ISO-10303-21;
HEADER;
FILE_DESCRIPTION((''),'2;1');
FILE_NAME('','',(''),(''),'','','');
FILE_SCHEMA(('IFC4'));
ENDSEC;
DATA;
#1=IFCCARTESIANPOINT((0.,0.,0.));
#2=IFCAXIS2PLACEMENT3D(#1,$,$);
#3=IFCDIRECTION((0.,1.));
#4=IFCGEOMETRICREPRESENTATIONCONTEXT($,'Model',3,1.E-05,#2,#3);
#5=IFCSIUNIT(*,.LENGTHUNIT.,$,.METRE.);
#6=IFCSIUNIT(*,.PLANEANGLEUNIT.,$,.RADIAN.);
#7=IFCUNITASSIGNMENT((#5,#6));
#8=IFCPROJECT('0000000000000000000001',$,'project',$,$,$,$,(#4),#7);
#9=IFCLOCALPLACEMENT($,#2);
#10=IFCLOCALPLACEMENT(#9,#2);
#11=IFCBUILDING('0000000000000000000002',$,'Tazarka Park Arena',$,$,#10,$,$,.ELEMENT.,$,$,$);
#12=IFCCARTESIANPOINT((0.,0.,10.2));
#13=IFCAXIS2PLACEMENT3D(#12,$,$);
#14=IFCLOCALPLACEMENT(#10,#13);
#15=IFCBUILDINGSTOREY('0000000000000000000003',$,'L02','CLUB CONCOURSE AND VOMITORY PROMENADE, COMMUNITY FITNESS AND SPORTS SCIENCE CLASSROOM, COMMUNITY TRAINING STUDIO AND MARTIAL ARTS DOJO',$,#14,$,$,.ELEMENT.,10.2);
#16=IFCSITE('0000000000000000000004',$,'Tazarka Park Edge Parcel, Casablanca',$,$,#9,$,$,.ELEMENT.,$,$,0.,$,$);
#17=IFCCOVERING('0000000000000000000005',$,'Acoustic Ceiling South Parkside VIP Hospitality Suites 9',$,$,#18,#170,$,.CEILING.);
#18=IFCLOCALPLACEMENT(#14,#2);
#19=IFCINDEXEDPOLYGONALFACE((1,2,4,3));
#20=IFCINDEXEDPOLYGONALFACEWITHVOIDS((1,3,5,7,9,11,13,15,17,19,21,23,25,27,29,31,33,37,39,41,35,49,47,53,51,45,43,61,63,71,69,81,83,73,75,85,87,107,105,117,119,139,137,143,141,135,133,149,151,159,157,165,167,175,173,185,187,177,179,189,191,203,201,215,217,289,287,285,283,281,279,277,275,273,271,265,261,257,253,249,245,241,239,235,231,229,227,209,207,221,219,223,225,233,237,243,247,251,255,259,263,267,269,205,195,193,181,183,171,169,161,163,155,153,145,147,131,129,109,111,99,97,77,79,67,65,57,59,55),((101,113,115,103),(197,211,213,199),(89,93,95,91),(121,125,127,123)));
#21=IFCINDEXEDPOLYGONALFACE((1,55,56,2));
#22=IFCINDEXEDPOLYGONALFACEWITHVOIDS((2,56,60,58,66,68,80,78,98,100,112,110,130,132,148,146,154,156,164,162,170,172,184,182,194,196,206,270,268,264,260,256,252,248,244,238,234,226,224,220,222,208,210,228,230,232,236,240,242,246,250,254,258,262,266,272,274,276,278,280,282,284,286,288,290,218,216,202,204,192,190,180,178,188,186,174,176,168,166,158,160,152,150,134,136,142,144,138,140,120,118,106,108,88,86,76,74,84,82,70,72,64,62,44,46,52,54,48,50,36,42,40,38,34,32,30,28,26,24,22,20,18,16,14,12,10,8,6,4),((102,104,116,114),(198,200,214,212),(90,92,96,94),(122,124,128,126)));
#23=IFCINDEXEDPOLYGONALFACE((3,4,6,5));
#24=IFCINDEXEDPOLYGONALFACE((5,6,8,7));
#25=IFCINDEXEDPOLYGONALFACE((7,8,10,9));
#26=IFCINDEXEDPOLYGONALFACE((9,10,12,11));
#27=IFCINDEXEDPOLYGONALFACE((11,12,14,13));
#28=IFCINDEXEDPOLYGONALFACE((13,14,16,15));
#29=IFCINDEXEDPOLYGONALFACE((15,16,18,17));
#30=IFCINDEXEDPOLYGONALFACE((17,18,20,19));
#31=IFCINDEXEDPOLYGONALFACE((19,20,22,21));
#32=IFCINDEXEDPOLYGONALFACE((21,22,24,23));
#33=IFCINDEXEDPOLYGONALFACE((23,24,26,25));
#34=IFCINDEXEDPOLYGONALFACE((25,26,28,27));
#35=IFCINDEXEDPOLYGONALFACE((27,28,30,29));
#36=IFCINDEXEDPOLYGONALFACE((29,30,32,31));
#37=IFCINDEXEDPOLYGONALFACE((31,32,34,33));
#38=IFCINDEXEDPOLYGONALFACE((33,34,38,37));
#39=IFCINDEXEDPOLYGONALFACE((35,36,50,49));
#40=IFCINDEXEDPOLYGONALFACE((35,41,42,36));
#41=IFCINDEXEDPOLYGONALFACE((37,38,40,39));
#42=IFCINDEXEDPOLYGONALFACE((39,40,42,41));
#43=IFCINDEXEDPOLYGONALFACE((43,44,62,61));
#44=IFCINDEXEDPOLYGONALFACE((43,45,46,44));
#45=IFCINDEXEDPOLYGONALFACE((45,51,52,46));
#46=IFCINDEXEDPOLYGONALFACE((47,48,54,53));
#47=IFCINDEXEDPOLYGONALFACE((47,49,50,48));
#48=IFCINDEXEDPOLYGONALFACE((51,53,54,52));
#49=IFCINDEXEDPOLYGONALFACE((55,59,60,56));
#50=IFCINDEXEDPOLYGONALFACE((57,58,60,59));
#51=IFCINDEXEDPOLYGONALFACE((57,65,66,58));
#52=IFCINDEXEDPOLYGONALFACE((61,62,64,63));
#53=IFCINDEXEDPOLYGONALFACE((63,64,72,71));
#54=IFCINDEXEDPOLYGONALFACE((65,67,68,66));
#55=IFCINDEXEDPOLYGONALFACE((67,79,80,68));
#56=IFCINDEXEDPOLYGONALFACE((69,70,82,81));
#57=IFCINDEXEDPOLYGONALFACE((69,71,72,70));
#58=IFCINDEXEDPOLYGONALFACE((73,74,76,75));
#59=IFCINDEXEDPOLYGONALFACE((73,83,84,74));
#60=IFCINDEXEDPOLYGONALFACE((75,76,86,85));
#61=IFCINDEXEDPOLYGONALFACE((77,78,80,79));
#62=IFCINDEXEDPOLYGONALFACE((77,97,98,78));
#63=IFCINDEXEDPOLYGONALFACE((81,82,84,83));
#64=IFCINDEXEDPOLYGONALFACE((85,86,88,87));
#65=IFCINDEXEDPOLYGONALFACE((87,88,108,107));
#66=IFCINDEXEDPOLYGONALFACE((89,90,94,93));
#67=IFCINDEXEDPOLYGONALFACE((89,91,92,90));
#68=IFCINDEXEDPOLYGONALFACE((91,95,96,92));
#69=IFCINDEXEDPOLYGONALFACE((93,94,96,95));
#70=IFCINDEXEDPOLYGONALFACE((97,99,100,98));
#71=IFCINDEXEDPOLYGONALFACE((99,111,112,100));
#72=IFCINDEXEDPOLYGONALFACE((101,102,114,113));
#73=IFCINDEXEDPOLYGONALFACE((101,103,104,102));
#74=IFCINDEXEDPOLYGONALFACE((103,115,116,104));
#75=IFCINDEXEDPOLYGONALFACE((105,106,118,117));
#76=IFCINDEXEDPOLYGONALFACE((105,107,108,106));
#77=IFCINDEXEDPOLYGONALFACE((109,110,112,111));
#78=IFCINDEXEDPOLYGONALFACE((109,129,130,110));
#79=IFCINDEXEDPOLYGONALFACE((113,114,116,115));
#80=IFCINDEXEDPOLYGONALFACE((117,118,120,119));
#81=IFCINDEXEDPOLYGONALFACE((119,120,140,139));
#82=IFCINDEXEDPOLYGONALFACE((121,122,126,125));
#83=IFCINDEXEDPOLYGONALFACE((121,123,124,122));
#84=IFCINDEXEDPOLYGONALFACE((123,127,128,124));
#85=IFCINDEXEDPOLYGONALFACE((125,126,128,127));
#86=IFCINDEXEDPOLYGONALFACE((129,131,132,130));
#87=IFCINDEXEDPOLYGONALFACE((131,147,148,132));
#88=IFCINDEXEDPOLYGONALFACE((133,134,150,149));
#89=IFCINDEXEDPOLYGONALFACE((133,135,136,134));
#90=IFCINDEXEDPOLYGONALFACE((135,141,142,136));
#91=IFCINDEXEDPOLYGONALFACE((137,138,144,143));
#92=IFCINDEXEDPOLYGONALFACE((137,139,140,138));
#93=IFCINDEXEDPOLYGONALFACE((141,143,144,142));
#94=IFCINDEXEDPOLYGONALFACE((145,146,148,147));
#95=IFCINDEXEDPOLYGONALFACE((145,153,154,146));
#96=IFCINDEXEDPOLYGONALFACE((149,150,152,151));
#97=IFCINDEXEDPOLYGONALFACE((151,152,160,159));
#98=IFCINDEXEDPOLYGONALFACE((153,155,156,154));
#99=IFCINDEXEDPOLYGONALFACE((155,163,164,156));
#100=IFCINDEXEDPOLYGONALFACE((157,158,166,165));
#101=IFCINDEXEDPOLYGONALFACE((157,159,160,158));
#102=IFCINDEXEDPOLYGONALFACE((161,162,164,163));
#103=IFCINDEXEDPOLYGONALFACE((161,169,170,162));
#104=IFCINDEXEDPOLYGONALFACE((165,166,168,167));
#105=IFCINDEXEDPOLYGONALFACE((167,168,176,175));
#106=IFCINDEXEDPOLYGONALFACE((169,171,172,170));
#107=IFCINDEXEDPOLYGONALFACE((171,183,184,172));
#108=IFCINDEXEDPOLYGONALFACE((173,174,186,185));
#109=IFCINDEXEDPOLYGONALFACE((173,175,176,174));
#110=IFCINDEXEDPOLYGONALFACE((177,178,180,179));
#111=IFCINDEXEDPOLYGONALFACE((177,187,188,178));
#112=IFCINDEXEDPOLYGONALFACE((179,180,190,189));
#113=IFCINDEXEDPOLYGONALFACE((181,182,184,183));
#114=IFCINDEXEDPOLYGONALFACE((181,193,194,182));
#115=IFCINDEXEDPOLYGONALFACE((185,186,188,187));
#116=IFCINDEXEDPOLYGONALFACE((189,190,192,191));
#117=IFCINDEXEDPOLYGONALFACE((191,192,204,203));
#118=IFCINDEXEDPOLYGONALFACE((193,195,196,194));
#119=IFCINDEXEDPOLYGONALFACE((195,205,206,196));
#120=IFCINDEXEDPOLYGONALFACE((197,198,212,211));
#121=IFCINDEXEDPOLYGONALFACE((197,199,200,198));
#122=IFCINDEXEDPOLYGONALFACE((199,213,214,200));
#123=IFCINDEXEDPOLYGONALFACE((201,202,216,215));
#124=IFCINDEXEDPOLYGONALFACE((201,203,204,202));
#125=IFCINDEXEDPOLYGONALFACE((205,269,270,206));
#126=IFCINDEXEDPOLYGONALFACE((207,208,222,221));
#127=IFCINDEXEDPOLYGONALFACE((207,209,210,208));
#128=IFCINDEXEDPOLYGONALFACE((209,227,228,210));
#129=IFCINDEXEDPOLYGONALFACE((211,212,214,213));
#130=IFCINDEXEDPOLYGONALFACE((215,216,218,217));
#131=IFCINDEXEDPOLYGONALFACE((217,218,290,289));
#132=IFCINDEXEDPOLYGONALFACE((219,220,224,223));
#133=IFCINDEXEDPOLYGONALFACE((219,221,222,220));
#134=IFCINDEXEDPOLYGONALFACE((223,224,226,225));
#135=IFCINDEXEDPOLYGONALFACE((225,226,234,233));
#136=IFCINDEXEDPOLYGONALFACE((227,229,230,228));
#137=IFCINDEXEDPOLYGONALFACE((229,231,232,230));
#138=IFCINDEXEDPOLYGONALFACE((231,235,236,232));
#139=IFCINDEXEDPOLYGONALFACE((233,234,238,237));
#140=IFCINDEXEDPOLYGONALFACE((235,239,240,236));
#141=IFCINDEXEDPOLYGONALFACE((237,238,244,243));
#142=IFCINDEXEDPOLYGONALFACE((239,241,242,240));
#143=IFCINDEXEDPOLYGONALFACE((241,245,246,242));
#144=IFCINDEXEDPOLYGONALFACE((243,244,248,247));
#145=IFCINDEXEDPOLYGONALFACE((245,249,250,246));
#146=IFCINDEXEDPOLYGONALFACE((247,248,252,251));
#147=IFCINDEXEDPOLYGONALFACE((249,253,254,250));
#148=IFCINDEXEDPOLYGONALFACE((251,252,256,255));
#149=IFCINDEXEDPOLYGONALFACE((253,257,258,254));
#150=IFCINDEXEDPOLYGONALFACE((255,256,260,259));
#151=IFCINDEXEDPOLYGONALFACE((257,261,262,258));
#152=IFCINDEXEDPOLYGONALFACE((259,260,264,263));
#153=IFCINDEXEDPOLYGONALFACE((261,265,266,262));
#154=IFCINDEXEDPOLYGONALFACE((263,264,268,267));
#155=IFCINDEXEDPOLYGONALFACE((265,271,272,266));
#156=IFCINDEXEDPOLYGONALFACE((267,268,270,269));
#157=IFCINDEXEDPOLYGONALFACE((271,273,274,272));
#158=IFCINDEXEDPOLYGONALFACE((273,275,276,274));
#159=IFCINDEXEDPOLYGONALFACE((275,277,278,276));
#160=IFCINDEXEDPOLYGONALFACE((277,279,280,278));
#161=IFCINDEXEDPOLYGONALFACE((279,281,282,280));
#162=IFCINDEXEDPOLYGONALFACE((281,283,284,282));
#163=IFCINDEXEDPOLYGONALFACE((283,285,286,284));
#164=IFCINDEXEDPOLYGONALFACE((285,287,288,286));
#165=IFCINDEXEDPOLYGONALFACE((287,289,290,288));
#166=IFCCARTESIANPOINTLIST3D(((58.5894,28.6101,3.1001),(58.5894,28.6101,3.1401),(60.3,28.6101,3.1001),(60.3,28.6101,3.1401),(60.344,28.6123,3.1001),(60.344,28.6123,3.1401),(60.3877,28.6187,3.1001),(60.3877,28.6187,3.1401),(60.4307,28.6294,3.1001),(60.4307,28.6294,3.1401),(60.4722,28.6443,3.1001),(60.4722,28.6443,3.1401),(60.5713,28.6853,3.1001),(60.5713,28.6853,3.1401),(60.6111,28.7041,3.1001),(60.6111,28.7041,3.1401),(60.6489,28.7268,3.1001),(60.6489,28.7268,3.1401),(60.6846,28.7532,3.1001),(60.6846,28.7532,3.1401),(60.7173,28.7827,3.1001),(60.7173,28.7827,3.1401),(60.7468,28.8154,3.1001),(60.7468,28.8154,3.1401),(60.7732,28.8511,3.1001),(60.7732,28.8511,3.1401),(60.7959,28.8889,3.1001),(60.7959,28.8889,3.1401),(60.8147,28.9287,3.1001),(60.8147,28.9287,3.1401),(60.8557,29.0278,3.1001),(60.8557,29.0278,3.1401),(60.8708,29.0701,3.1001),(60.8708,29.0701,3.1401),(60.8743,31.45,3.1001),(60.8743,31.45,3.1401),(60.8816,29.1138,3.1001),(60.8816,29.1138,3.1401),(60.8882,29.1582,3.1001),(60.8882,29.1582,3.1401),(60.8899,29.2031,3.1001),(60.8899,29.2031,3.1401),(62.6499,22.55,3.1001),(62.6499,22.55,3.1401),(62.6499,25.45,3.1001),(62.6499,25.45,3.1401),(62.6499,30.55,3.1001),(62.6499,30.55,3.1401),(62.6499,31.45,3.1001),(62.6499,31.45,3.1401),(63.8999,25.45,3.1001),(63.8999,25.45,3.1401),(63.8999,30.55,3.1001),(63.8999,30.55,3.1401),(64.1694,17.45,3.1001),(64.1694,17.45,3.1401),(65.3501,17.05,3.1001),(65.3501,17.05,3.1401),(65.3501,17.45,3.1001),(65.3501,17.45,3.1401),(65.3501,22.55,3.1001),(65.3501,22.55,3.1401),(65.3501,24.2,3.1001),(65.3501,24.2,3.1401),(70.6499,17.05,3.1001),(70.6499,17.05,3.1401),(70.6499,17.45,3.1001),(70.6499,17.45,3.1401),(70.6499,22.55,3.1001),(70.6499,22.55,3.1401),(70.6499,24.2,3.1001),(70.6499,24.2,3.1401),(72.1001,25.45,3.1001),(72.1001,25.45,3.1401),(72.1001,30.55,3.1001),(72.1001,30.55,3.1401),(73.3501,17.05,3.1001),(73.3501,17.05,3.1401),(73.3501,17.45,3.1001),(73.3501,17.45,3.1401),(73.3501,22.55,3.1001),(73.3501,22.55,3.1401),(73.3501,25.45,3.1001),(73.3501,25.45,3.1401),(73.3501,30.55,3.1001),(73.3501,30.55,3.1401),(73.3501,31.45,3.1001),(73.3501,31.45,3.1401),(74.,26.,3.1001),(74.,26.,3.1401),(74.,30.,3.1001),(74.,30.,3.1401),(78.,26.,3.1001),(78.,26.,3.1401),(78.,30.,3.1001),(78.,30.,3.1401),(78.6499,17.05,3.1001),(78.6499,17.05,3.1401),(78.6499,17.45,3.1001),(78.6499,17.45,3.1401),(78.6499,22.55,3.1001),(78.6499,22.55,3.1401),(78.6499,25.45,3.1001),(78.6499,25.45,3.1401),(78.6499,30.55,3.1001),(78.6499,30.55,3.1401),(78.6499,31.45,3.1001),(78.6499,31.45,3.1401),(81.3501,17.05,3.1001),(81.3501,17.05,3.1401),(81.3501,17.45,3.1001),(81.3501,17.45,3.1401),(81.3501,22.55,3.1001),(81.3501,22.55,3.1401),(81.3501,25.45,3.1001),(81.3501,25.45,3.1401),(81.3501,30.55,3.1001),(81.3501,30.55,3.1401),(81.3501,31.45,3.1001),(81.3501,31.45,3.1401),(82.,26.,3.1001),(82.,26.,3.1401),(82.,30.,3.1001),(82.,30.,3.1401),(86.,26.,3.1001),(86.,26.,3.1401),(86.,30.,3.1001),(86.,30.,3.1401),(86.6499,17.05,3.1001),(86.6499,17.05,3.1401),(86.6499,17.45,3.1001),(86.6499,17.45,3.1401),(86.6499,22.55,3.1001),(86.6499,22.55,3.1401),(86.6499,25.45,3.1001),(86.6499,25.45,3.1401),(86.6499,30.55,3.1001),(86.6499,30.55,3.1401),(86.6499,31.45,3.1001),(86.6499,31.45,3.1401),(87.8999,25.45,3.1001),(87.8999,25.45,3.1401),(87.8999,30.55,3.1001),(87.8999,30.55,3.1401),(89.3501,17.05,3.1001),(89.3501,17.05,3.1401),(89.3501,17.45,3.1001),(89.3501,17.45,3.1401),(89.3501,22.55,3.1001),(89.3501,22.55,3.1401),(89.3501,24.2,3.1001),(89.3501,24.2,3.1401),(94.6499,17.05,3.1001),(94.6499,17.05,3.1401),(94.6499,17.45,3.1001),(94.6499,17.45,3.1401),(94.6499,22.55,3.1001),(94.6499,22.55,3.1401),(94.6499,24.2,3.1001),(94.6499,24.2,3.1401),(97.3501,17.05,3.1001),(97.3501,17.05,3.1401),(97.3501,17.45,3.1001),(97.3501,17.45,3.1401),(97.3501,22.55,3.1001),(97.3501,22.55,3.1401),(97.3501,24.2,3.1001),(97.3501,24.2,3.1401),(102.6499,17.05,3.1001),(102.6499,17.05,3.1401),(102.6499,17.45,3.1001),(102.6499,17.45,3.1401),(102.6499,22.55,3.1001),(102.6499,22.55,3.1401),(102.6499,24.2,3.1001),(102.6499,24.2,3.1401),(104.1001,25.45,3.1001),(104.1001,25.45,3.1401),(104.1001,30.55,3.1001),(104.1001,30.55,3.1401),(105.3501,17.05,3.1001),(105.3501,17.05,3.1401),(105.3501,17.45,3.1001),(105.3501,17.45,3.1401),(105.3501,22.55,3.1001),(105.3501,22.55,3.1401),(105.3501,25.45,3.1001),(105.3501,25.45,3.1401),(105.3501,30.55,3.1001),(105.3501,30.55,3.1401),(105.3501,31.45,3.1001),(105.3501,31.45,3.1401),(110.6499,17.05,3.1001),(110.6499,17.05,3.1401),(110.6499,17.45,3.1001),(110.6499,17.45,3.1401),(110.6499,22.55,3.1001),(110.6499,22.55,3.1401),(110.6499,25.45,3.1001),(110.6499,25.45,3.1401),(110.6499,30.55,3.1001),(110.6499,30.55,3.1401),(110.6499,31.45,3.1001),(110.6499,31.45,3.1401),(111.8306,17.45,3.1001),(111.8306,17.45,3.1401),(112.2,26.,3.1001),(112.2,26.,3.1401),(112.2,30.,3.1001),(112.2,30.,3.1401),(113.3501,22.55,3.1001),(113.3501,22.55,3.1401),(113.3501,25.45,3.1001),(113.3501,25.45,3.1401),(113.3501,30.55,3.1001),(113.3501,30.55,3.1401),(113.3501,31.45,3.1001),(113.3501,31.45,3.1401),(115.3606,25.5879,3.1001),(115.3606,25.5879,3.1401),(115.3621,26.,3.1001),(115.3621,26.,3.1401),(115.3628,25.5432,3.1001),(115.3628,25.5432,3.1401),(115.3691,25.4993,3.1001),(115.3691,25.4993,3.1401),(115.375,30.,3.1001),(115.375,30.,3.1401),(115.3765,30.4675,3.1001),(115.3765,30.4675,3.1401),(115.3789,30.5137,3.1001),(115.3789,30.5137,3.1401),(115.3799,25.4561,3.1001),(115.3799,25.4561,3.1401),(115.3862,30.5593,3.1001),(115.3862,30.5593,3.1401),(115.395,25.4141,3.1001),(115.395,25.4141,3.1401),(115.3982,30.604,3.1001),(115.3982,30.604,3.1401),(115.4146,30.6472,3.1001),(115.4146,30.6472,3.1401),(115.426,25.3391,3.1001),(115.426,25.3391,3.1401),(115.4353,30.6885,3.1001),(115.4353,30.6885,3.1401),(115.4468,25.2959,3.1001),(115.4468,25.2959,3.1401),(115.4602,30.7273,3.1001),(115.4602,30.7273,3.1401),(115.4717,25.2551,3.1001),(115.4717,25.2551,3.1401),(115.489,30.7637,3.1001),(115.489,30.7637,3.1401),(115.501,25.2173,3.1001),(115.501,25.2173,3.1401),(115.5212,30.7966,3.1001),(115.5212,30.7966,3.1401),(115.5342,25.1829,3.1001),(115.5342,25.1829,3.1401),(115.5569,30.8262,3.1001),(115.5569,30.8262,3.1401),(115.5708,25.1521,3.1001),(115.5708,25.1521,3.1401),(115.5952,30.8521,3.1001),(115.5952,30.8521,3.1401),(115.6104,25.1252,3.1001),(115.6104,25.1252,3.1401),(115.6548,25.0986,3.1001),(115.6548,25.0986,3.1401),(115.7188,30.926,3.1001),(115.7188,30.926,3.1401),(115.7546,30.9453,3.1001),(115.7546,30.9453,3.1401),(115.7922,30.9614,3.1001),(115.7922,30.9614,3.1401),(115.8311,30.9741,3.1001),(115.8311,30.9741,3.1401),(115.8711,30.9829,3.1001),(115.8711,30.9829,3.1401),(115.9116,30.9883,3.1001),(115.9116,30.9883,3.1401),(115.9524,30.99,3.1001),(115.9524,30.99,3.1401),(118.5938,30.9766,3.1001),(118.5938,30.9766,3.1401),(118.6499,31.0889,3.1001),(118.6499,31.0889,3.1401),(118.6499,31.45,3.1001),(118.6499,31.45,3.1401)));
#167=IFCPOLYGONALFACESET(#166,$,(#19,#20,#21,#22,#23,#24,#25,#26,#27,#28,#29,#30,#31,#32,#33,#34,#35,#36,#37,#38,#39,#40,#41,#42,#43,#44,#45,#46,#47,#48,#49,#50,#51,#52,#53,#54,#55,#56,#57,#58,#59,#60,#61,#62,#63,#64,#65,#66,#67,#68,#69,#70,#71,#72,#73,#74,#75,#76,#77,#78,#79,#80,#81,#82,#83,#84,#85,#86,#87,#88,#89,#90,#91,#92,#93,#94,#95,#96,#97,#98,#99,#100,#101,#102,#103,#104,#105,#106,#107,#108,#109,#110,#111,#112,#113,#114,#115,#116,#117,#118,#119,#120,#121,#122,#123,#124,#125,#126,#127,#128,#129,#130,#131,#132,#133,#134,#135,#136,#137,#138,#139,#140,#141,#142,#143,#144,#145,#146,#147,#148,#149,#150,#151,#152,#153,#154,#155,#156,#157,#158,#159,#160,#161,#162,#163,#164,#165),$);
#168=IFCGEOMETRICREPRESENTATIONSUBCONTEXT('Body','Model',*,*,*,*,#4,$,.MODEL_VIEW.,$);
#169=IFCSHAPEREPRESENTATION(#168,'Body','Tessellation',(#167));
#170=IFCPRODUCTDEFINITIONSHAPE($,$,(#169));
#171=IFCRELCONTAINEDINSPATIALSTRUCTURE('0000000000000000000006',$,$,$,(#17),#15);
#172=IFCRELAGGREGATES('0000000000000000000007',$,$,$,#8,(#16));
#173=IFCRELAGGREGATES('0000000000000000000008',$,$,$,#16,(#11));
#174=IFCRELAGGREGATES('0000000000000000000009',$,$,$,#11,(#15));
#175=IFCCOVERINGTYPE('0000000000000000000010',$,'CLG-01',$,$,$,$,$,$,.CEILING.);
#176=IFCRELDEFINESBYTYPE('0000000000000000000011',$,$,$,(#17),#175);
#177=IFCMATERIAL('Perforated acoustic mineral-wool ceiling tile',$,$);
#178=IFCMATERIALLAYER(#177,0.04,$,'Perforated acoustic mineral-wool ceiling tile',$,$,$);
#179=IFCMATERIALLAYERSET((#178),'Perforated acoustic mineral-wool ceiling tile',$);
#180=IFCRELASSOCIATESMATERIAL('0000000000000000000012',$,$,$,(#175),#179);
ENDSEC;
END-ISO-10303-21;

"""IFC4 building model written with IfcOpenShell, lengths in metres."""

from ifc_helpers import new_model, si_unit, direction, frame, origin, place, context, subcontext, project, spatial, polyline, outline, extrude, material, layer, layer_set, type_object, element, save


model = new_model("IFC4")

# Units and contexts
model_context = context("Model", 3, precision=1e-05, world=origin(), true_north=direction((0.0, 1.0)))
body_context = subcontext(model_context, "Body", "Model", "MODEL_VIEW")
ifc_project = project(units=[si_unit("LENGTHUNIT", "METRE"), si_unit("PLANEANGLEUNIT", "RADIAN")], contexts=[model_context])

# Site, building, storey
site_placement = place(None, origin())
site = spatial("IfcSite", under=ifc_project, at=site_placement, Name="Tazarka Park Edge Parcel, Casablanca", CompositionType="ELEMENT", RefElevation=0.0)
building_placement = place(site_placement, origin())
building = spatial("IfcBuilding", under=site, at=building_placement, Name="Tazarka Park Arena", CompositionType="ELEMENT")
storey_placement = place(building_placement, frame((0.0, 0.0, 10.2)))
storey = spatial("IfcBuildingStorey", under=building, at=storey_placement, Name="L02", Description="CLUB CONCOURSE AND VOMITORY PROMENADE, COMMUNITY FITNESS AND SPORTS SCIENCE CLASSROOM, COMMUNITY TRAINING STUDIO AND MARTIAL ARTS DOJO", CompositionType="ELEMENT", Elevation=10.2)

# Covering
ifc_material_1 = material(Name="Perforated acoustic mineral-wool ceiling tile")
ifc_layer_1 = layer(ifc_material_1, 0.04, Name="Perforated acoustic mineral-wool ceiling tile")
ifc_layer_set_1 = layer_set([ifc_layer_1], Name="Perforated acoustic mineral-wool ceiling tile")
covering_type_1 = type_object("IfcCoveringType", Name="CLG-01", PredefinedType="CEILING", material=ifc_layer_set_1)
covering_1_placement = place(storey_placement, frame((0.0, 0.0, 3.1001)))
element("IfcCovering", 1, at=covering_1_placement, inside=storey, type_object=covering_type_1, Name="Acoustic Ceiling South Parkside VIP Hospitality Suites 9", PredefinedType="CEILING", context=body_context, shape_type="SweptSolid", body=[
    extrude(outline(polyline([(62.6499, 31.45), (62.6499, 30.55), (63.8999, 30.55), (63.8999, 25.45), (62.6499, 25.45), (62.6499, 22.55), (65.3501, 22.55), (65.3501, 24.2), (70.6499, 24.2), (70.6499, 22.55), (73.3501, 22.55), (73.3501, 25.45), (72.1001, 25.45), (72.1001, 30.55), (73.3501, 30.55), (73.3501, 31.45), (78.6499, 31.45), (78.6499, 30.55), (81.3501, 30.55), (81.3501, 31.45), (86.6499, 31.45), (86.6499, 30.55), (87.8999, 30.55), (87.8999, 25.45), (86.6499, 25.45), (86.6499, 22.55), (89.3501, 22.55), (89.3501, 24.2), (94.6499, 24.2), (94.6499, 22.55), (97.3501, 22.55), (97.3501, 24.2), (102.6499, 24.2), (102.6499, 22.55), (105.3501, 22.55), (105.3501, 25.45), (104.1001, 25.45), (104.1001, 30.55), (105.3501, 30.55), (105.3501, 31.45), (110.6499, 31.45), (110.6499, 30.55), (113.3501, 30.55), (113.3501, 31.45), (118.6499, 31.45), (118.6499, 31.0889), (118.5938, 30.9766), (115.9524, 30.99), (115.9116, 30.9883), (115.8711, 30.9829), (115.8311, 30.9741), (115.7922, 30.9614), (115.7546, 30.9453), (115.7188, 30.926), (115.5952, 30.8521), (115.5569, 30.8262), (115.5212, 30.7966), (115.489, 30.7637), (115.4602, 30.7273), (115.4353, 30.6885), (115.4146, 30.6472), (115.3982, 30.604), (115.3862, 30.5593), (115.3789, 30.5137), (115.3765, 30.4675), (115.375, 30.0), (112.2, 30.0), (112.2, 26.0), (115.3621, 26.0), (115.3606, 25.5879), (115.3628, 25.5432), (115.3691, 25.4993), (115.3799, 25.4561), (115.395, 25.4141), (115.426, 25.3391), (115.4468, 25.2959), (115.4717, 25.2551), (115.501, 25.2173), (115.5342, 25.1829), (115.5708, 25.1521), (115.6104, 25.1252), (115.6548, 25.0986), (111.8306, 17.45), (110.6499, 17.45), (110.6499, 17.05), (105.3501, 17.05), (105.3501, 17.45), (102.6499, 17.45), (102.6499, 17.05), (97.3501, 17.05), (97.3501, 17.45), (94.6499, 17.45), (94.6499, 17.05), (89.3501, 17.05), (89.3501, 17.45), (86.6499, 17.45), (86.6499, 17.05), (81.3501, 17.05), (81.3501, 17.45), (78.6499, 17.45), (78.6499, 17.05), (73.3501, 17.05), (73.3501, 17.45), (70.6499, 17.45), (70.6499, 17.05), (65.3501, 17.05), (65.3501, 17.45), (64.1694, 17.45), (58.5894, 28.6101), (60.3, 28.6101), (60.344, 28.6123), (60.3877, 28.6187), (60.4307, 28.6294), (60.4722, 28.6443), (60.5713, 28.6853), (60.6111, 28.7041), (60.6489, 28.7268), (60.6846, 28.7532), (60.7173, 28.7827), (60.7468, 28.8154), (60.7732, 28.8511), (60.7959, 28.8889), (60.8147, 28.9287), (60.8557, 29.0278), (60.8708, 29.0701), (60.8816, 29.1138), (60.8882, 29.1582), (60.8899, 29.2031), (60.8743, 31.45), (62.6499, 31.45)]), holes=[polyline([(81.3501, 25.45), (78.6499, 25.45), (78.6499, 22.55), (81.3501, 22.55), (81.3501, 25.45)]), polyline([(86.0, 30.0), (82.0, 30.0), (82.0, 26.0), (86.0, 26.0), (86.0, 30.0)]), polyline([(74.0, 30.0), (74.0, 26.0), (78.0, 26.0), (78.0, 30.0), (74.0, 30.0)]), polyline([(113.3501, 25.45), (110.6499, 25.45), (110.6499, 22.55), (113.3501, 22.55), (113.3501, 25.45)])]), origin(), (0.0, 0.0, 1.0), 0.04),
])

save(model, "model.ifc")
